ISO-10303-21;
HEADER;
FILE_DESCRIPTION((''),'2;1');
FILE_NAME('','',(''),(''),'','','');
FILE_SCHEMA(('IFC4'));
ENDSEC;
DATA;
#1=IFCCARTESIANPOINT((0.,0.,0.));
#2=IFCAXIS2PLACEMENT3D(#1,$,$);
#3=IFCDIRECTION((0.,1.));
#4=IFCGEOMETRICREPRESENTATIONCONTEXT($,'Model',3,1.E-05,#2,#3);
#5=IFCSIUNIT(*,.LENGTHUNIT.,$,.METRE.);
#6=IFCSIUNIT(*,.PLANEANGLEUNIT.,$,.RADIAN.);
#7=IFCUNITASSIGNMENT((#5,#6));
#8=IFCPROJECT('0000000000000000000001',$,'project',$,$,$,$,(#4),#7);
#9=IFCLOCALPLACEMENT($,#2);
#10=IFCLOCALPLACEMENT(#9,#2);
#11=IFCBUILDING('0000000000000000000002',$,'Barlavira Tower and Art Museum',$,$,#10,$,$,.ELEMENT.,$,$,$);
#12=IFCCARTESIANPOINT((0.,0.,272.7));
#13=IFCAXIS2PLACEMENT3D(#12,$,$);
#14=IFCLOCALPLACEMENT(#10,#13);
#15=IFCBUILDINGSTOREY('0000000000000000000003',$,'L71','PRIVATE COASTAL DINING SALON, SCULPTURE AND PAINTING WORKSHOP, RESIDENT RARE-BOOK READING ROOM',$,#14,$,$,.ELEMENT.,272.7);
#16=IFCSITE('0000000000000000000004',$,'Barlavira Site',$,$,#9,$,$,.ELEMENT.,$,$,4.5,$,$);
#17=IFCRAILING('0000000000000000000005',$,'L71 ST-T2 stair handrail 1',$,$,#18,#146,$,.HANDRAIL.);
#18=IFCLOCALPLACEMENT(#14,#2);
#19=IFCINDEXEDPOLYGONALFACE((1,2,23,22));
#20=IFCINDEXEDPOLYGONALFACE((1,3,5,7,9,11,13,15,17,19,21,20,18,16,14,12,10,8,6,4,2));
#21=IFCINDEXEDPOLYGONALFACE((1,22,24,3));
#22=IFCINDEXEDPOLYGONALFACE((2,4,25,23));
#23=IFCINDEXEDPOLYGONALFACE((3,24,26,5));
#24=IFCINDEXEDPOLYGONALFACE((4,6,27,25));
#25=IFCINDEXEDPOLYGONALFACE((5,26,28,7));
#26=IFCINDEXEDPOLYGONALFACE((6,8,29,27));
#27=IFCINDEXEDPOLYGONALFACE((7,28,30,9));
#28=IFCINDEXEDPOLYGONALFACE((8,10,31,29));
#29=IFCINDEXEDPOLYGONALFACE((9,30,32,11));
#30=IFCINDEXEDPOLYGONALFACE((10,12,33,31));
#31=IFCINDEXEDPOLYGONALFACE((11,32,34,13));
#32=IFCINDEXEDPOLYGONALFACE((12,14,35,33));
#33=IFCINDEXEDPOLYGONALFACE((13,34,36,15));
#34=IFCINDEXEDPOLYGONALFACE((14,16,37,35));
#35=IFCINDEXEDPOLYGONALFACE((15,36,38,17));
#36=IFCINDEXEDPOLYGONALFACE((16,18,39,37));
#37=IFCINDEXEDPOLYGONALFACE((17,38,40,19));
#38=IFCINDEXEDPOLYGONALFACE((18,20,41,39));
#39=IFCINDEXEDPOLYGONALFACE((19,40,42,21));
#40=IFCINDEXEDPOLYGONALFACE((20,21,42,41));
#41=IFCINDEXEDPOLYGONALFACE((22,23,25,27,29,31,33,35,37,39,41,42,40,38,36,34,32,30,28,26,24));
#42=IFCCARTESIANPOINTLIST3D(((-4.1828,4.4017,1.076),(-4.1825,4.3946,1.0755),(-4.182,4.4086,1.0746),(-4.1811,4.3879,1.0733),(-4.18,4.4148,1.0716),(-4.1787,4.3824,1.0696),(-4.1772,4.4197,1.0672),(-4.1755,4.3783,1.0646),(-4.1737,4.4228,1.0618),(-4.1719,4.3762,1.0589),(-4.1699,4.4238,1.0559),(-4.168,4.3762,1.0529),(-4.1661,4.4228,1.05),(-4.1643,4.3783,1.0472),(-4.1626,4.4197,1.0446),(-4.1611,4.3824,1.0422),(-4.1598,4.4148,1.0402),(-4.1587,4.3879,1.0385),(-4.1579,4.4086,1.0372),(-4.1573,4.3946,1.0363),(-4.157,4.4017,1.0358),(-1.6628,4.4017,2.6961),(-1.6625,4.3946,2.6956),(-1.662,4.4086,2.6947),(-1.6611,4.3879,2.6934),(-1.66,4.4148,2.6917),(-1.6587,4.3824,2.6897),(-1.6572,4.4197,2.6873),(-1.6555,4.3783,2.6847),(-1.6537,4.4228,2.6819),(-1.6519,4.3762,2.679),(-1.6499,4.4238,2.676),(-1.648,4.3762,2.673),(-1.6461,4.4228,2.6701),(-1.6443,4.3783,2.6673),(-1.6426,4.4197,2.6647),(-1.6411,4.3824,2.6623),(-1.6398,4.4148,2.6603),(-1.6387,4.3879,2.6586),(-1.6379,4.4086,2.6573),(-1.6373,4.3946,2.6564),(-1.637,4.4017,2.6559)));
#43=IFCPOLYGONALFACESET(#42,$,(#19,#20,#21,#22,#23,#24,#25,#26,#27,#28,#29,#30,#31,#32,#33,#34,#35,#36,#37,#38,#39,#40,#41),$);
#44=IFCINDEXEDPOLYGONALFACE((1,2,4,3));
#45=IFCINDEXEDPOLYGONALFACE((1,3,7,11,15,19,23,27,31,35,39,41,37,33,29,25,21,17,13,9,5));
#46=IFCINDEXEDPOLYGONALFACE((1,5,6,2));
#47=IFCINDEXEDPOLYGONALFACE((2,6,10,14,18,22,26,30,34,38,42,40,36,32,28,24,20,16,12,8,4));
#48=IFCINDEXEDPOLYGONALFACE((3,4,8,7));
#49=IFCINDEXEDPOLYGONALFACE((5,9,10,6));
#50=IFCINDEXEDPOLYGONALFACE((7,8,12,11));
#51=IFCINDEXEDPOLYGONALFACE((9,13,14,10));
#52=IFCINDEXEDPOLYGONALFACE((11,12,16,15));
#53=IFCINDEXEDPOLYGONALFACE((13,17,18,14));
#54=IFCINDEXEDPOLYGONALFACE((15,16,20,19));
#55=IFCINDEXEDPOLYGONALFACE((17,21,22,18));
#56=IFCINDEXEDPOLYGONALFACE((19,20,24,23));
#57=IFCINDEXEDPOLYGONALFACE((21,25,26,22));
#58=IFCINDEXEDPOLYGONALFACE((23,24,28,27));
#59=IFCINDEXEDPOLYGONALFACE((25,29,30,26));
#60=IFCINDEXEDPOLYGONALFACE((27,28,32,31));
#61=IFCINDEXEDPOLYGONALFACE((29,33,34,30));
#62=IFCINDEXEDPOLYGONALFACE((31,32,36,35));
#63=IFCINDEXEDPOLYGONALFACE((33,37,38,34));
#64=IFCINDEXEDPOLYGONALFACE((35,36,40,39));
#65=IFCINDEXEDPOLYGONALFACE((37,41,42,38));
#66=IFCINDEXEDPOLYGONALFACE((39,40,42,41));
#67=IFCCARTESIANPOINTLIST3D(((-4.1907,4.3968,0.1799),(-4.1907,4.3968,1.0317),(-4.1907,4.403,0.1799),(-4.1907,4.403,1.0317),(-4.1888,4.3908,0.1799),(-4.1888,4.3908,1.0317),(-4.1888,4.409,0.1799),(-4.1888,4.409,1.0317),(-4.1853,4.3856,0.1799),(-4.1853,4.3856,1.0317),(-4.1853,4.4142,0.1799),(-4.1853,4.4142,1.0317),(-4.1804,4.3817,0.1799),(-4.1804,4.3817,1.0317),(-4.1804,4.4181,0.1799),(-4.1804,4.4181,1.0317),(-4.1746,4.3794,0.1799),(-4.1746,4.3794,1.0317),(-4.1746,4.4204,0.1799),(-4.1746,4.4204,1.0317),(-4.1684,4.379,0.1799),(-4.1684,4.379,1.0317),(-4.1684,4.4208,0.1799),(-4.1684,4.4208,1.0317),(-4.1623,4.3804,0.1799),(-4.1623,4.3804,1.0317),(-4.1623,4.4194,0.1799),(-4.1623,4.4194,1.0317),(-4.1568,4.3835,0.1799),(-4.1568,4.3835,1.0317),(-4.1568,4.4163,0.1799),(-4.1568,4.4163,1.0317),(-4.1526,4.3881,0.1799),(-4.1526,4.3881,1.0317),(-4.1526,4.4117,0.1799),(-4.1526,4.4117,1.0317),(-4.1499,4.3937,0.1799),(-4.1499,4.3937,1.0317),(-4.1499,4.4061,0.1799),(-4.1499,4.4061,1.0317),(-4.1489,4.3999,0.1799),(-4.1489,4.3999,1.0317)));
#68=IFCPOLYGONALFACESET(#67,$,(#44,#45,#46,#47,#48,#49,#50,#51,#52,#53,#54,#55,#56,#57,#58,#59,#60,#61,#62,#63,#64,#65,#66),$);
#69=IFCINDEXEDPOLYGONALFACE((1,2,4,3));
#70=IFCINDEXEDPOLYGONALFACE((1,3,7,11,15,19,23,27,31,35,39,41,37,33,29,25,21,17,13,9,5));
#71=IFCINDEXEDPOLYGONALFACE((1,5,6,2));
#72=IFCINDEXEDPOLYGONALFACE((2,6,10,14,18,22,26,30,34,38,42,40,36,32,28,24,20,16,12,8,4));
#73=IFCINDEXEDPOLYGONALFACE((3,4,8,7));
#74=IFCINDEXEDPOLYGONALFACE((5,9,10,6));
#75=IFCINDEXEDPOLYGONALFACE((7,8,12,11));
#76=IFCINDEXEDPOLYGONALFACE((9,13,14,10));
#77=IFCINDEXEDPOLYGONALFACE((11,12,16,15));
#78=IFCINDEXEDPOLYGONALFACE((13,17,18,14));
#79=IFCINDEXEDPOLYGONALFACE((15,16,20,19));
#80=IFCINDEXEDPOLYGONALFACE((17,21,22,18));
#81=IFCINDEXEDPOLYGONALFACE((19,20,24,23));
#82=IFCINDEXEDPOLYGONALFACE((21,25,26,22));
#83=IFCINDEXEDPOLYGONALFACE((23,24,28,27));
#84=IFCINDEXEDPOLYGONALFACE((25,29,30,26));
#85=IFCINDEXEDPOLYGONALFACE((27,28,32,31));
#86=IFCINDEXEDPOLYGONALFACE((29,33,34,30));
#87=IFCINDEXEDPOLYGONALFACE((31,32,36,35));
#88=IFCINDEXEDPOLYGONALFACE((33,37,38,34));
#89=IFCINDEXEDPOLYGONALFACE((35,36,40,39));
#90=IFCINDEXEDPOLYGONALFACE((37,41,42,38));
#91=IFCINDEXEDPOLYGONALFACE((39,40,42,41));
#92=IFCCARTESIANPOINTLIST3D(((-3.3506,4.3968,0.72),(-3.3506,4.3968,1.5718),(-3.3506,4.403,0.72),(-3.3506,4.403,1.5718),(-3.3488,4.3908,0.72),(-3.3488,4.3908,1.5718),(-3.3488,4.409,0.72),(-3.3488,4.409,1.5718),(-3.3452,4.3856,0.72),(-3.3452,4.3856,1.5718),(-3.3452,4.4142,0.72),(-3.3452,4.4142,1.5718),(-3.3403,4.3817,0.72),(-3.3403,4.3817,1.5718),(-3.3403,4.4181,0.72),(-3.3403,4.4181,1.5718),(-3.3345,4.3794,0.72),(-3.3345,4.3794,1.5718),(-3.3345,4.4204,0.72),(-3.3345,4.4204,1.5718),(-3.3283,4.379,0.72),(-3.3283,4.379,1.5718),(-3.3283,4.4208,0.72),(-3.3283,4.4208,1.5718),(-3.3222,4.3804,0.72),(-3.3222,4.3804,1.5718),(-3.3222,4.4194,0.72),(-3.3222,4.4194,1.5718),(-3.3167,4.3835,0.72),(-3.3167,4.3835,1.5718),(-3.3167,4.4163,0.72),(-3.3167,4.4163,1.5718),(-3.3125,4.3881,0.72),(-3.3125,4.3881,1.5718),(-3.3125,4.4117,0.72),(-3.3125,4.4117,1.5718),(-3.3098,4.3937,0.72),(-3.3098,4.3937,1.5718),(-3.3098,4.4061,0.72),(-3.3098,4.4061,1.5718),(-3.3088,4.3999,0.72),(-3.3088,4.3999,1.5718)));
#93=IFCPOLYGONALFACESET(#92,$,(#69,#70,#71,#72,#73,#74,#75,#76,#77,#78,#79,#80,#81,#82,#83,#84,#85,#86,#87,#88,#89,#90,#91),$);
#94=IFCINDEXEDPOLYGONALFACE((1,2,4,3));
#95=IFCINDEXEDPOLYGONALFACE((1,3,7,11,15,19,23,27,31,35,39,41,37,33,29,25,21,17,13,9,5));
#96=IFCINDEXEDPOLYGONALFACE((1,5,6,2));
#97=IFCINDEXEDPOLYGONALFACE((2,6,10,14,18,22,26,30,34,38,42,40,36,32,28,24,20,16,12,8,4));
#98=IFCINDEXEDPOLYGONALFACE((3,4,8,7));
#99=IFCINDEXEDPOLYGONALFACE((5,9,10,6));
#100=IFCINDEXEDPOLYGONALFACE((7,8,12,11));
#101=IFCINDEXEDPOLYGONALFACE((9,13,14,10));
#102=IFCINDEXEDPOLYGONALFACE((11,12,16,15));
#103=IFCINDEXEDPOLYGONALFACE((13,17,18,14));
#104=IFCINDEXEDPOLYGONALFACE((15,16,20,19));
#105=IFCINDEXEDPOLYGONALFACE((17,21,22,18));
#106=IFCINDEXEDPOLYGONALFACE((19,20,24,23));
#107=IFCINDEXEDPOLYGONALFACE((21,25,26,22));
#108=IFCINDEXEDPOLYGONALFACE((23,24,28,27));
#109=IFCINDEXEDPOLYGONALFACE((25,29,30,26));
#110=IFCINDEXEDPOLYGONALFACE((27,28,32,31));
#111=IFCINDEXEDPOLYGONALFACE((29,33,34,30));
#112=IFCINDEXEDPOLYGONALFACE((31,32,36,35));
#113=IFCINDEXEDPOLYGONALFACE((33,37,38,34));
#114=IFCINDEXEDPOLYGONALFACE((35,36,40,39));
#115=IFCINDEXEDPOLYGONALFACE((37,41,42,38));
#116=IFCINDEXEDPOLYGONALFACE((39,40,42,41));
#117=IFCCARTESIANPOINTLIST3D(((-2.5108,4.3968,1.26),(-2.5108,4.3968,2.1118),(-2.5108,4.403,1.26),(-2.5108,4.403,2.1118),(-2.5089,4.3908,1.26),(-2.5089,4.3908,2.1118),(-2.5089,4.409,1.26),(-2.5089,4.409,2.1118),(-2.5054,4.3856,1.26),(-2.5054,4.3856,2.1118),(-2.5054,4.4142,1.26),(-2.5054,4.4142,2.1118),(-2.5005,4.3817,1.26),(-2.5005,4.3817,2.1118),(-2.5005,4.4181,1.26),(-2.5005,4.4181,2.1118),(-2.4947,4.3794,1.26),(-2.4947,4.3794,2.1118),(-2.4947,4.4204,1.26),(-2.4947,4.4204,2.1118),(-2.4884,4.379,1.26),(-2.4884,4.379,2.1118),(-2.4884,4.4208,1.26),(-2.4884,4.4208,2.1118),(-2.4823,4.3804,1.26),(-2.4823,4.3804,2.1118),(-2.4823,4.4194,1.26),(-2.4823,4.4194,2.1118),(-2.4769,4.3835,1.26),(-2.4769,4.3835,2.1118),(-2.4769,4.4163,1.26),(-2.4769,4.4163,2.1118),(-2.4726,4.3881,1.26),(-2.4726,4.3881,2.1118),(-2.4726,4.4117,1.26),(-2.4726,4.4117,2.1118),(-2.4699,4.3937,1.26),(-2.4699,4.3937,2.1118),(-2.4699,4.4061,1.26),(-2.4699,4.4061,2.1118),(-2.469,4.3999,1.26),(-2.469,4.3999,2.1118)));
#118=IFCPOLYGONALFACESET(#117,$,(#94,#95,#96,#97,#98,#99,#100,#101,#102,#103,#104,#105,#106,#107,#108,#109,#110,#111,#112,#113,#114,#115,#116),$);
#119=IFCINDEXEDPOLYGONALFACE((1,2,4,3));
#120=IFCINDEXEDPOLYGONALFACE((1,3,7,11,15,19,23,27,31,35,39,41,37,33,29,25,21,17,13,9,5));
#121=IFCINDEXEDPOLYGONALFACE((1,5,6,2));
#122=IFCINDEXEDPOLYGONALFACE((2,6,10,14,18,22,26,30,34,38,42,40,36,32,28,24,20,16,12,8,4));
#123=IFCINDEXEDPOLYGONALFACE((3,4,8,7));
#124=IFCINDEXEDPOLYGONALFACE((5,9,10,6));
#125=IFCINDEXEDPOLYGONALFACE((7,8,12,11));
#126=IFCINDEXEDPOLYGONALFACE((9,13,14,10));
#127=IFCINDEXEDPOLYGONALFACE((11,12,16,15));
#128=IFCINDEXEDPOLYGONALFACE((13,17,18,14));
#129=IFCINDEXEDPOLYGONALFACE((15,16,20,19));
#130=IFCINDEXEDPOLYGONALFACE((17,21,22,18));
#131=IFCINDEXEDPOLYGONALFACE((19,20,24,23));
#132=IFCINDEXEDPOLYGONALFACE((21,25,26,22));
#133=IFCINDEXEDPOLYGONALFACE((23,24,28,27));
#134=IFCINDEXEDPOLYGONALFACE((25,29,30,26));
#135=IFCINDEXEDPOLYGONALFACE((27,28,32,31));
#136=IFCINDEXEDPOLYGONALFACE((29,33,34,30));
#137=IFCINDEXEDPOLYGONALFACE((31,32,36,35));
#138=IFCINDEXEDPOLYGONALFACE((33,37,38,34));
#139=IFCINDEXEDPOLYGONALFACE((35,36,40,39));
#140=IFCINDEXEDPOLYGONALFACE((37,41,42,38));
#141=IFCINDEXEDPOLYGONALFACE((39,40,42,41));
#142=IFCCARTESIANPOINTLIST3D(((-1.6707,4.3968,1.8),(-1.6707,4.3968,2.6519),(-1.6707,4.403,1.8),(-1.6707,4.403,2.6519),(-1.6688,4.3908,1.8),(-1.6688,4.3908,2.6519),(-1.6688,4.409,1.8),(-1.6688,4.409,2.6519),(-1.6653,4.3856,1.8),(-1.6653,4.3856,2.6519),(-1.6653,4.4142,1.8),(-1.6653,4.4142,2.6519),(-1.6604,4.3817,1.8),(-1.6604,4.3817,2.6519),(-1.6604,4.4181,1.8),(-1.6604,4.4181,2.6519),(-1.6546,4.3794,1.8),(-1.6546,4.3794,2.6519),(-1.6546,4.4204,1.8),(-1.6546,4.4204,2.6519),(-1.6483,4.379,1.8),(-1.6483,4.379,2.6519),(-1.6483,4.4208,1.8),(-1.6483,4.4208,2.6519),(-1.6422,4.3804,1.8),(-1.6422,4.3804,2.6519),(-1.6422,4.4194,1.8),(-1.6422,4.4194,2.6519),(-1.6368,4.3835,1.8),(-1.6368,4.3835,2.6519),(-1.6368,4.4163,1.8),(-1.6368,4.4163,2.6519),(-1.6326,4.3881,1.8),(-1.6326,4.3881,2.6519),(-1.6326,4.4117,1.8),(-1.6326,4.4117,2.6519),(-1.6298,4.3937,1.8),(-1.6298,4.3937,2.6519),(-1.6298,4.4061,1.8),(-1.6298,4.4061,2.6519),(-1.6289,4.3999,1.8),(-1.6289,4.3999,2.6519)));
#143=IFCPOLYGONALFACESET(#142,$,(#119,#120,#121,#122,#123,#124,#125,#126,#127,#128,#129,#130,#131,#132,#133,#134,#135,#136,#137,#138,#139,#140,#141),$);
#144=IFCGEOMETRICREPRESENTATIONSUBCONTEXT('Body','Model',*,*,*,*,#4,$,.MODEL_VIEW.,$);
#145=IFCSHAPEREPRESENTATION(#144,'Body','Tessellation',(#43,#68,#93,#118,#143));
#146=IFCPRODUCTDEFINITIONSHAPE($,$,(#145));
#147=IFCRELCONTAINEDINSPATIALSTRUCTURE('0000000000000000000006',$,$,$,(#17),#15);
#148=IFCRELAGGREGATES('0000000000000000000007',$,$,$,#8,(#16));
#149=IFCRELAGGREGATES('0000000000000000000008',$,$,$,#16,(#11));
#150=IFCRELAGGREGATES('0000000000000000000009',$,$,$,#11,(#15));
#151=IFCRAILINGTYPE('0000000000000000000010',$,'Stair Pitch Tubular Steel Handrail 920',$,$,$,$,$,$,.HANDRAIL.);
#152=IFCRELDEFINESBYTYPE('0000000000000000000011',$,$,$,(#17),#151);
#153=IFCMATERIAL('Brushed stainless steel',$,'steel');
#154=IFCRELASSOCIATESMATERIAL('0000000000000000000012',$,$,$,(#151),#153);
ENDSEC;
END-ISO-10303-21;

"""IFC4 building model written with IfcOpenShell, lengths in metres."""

from ifc_helpers import new_model, si_unit, direction, frame, origin, origin_2d, place, context, subcontext, project, spatial, circle, extrude, material, type_object, element, save


model = new_model("IFC4")

# Units and contexts
model_context = context("Model", 3, precision=1e-05, world=origin(), true_north=direction((0.0, 1.0)))
body_context = subcontext(model_context, "Body", "Model", "MODEL_VIEW")
ifc_project = project(units=[si_unit("LENGTHUNIT", "METRE"), si_unit("PLANEANGLEUNIT", "RADIAN")], contexts=[model_context])

# Site, building, storey
site_placement = place(None, origin())
site = spatial("IfcSite", under=ifc_project, at=site_placement, Name="Barlavira Site", CompositionType="ELEMENT", RefElevation=4.5)
building_placement = place(site_placement, origin())
building = spatial("IfcBuilding", under=site, at=building_placement, Name="Barlavira Tower and Art Museum", CompositionType="ELEMENT")
storey_placement = place(building_placement, frame((0.0, 0.0, 272.7)))
storey = spatial("IfcBuildingStorey", under=building, at=storey_placement, Name="L71", Description="PRIVATE COASTAL DINING SALON, SCULPTURE AND PAINTING WORKSHOP, RESIDENT RARE-BOOK READING ROOM", CompositionType="ELEMENT", Elevation=272.7)

# Shared definitions
ifc_material_1 = material(Name="Brushed stainless steel", Category="steel")

# Railing
railing_type_1 = type_object("IfcRailingType", Name="Stair Pitch Tubular Steel Handrail 920", PredefinedType="HANDRAIL", material=ifc_material_1)
railing_1_placement = place(storey_placement, frame((-4.1699, 4.3999, 0.1799)))
element("IfcRailing", 1, at=railing_1_placement, inside=storey, type_object=railing_type_1, Name="L71 ST-T2 stair handrail 1", PredefinedType="HANDRAIL", context=body_context, shape_type="SweptSolid", body=[
    extrude(circle(Radius=0.0239, at=origin_2d()), frame((0.0, 0.0, 0.876), z_axis=(0.841163, 0.0, 0.540782), x_axis=(0.0, 1.0, 0.0)), (0.0, 0.0, 1.0), 2.9958),
    extrude(circle(Radius=0.021, at=origin_2d()), origin(), (0.0, 0.0, 1.0), 0.8518),
    extrude(circle(Radius=0.021, at=origin_2d()), frame((0.8401, 0.0, 0.54)), (0.0, 0.0, 1.0), 0.8518),
    extrude(circle(Radius=0.021, at=origin_2d()), frame((1.6799, 0.0, 1.0801)), (0.0, 0.0, 1.0), 0.8518),
    extrude(circle(Radius=0.021, at=origin_2d()), frame((2.52, 0.0, 1.6201)), (0.0, 0.0, 1.0), 0.8518),
])

save(model, "model.ifc")
